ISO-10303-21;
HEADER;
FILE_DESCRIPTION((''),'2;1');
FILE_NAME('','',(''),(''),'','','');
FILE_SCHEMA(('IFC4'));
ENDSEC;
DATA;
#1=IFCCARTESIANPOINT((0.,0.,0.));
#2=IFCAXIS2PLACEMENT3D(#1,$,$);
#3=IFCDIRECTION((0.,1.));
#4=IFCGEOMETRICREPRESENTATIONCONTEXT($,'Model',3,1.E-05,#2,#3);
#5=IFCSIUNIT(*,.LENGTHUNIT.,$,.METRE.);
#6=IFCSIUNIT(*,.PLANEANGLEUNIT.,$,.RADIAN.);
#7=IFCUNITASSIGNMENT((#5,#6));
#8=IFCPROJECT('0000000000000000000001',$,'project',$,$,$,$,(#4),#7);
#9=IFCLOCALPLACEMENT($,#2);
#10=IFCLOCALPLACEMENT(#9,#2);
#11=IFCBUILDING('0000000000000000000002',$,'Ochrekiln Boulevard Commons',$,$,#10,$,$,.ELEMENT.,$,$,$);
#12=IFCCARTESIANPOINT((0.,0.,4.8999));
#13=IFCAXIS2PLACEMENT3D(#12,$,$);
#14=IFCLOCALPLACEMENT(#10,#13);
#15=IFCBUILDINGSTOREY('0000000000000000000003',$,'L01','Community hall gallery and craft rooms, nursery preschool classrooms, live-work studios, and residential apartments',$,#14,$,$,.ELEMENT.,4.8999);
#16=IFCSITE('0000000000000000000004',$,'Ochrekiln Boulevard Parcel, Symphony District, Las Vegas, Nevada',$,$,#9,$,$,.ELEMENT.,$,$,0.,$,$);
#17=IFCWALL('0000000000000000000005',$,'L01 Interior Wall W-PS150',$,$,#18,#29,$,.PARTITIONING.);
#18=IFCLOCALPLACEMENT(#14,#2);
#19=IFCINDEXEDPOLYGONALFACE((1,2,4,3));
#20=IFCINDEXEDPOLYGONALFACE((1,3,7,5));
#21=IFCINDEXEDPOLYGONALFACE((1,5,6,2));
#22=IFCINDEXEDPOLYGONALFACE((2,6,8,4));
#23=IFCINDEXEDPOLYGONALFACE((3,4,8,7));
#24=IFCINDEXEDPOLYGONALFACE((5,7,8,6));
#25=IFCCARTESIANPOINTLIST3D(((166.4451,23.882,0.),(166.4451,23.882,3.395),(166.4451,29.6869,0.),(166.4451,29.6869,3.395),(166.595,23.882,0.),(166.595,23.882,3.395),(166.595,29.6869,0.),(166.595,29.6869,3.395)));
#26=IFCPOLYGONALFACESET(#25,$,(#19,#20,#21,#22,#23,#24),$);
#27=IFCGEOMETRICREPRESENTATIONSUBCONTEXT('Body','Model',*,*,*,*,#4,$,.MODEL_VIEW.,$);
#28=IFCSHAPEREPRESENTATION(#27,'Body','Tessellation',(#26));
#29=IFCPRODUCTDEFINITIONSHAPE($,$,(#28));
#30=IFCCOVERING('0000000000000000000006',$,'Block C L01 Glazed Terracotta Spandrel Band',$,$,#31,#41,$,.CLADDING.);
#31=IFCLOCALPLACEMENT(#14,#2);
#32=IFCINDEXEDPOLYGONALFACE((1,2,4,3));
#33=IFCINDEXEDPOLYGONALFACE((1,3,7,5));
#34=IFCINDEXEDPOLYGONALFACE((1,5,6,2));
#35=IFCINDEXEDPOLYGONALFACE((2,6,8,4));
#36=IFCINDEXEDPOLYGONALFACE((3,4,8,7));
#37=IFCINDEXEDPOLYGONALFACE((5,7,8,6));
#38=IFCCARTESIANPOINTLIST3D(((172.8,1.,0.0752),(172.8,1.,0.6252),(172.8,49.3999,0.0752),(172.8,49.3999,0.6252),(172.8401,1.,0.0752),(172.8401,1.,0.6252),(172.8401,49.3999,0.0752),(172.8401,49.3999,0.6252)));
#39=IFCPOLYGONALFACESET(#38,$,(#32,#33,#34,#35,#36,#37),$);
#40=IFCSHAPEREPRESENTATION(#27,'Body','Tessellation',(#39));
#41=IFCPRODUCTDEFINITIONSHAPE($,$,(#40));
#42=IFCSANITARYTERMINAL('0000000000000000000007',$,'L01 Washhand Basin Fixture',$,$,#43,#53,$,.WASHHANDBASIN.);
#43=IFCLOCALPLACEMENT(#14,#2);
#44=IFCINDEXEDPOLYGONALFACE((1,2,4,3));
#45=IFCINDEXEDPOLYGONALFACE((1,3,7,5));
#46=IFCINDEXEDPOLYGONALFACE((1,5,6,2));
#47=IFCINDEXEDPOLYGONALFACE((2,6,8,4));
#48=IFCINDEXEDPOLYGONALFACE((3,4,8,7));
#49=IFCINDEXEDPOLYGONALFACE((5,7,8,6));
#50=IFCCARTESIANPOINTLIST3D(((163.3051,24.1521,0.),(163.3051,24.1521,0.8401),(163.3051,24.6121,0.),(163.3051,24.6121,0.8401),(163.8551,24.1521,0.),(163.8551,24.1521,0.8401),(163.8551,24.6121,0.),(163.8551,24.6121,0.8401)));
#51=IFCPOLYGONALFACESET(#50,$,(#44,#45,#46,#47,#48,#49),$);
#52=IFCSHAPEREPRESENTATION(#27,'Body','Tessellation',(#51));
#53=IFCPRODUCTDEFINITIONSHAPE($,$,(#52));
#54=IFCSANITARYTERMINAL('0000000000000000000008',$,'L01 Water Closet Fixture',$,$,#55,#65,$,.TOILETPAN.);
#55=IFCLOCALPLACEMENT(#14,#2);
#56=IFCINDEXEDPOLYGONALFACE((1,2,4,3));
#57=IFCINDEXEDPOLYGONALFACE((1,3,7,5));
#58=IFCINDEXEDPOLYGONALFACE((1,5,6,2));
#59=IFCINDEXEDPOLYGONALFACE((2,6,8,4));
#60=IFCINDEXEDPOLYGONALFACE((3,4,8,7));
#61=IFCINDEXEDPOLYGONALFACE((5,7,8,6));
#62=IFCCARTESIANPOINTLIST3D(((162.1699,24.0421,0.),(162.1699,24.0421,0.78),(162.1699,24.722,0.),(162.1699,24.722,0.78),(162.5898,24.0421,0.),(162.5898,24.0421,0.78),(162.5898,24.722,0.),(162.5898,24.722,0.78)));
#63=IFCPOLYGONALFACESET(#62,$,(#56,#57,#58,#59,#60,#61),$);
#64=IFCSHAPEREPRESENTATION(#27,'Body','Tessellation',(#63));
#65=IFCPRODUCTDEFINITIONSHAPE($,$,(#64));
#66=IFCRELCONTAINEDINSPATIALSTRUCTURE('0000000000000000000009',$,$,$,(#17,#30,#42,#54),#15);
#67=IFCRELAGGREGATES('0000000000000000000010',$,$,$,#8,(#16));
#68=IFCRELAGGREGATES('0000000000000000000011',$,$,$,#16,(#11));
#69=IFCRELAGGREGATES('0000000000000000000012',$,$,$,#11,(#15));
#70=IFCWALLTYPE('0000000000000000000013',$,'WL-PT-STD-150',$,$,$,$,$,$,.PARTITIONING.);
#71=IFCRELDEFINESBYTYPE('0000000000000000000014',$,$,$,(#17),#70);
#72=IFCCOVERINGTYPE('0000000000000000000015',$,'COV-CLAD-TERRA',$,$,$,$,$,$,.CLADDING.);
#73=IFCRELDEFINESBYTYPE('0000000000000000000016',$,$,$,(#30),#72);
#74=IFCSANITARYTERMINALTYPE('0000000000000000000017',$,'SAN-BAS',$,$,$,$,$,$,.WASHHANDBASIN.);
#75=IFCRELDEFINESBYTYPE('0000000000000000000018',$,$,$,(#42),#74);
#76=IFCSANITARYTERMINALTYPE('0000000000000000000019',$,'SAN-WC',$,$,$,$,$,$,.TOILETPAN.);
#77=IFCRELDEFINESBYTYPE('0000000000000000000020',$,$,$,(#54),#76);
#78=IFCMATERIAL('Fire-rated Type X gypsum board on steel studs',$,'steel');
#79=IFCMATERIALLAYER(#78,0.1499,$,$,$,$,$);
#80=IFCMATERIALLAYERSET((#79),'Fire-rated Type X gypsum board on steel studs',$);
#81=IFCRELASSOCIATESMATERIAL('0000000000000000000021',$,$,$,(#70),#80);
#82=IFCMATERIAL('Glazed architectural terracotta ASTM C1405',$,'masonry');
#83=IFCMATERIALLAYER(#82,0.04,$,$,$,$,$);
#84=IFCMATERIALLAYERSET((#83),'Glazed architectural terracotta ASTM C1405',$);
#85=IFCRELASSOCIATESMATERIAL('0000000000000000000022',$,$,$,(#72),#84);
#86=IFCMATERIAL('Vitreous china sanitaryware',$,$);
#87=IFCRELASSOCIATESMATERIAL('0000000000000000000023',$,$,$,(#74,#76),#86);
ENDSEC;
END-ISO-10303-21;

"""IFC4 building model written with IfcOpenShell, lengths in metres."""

from ifc_helpers import new_model, si_unit, direction, frame, frame_2d, origin, origin_2d, place, context, subcontext, project, spatial, rectangle, extrude, material, layer, layer_set, type_object, element, save


model = new_model("IFC4")

# Units and contexts
model_context = context("Model", 3, precision=1e-05, world=origin(), true_north=direction((0.0, 1.0)))
body_context = subcontext(model_context, "Body", "Model", "MODEL_VIEW")
ifc_project = project(units=[si_unit("LENGTHUNIT", "METRE"), si_unit("PLANEANGLEUNIT", "RADIAN")], contexts=[model_context])

# Site, building, storey
site_placement = place(None, origin())
site = spatial("IfcSite", under=ifc_project, at=site_placement, Name="Ochrekiln Boulevard Parcel, Symphony District, Las Vegas, Nevada", CompositionType="ELEMENT", RefElevation=0.0)
building_placement = place(site_placement, origin())
building = spatial("IfcBuilding", under=site, at=building_placement, Name="Ochrekiln Boulevard Commons", CompositionType="ELEMENT")
storey_placement = place(building_placement, frame((0.0, 0.0, 4.8999)))
storey = spatial("IfcBuildingStorey", under=building, at=storey_placement, Name="L01", Description="Community hall gallery and craft rooms, nursery preschool classrooms, live-work studios, and residential apartments", CompositionType="ELEMENT", Elevation=4.8999)

# Shared definitions
ifc_material_1 = material(Name="Fire-rated Type X gypsum board on steel studs", Category="steel")

# Shared definitions
ifc_layer_1 = layer(ifc_material_1, 0.1499)
ifc_layer_set_1 = layer_set([ifc_layer_1], Name="Fire-rated Type X gypsum board on steel studs")
wall_type_1 = type_object("IfcWallType", Name="WL-PT-STD-150", PredefinedType="PARTITIONING", material=ifc_layer_set_1)

# Wall
wall_1_placement = place(storey_placement, frame((166.52, 23.8821, 0.0), z_axis=(0.0, 0.0, 1.0), x_axis=(0.0, 1.0, 0.0)))
element("IfcWall", 1, at=wall_1_placement, inside=storey, type_object=wall_type_1, Name="L01 Interior Wall W-PS150", PredefinedType="PARTITIONING", context=body_context, shape_type="SweptSolid", body=[
    extrude(rectangle(XDim=5.8049, YDim=0.1499, at=frame_2d((2.9023, 0.0))), origin(), (0.0, 0.0, 1.0), 3.395),
])

# Covering
ifc_material_2 = material(Name="Glazed architectural terracotta ASTM C1405", Category="masonry")
ifc_layer_2 = layer(ifc_material_2, 0.04)
ifc_layer_set_2 = layer_set([ifc_layer_2], Name="Glazed architectural terracotta ASTM C1405")
covering_type = type_object("IfcCoveringType", Name="COV-CLAD-TERRA", PredefinedType="CLADDING", material=ifc_layer_set_2)
covering_placement = place(storey_placement, frame((172.8201, 25.2, 0.0752), z_axis=(0.0, 0.0, 1.0), x_axis=(1.0, 0.0, 0.0)))
element("IfcCovering", 2, at=covering_placement, inside=storey, type_object=covering_type, Name="Block C L01 Glazed Terracotta Spandrel Band", PredefinedType="CLADDING", context=body_context, shape_type="SweptSolid", body=[
    extrude(rectangle(XDim=0.04, YDim=48.3999, at=origin_2d()), origin(), (0.0, 0.0, 1.0), 0.55),
])

# Sanitary terminals
ifc_material_3 = material(Name="Vitreous china sanitaryware")
sanitary_terminal_type_1 = type_object("IfcSanitaryTerminalType", Name="SAN-BAS", PredefinedType="WASHHANDBASIN", material=ifc_material_3)
sanitary_terminal_1_placement = place(storey_placement, frame((163.5801, 24.3821, 0.0), z_axis=(0.0, 0.0, 1.0), x_axis=(1.0, 0.0, 0.0)))
element("IfcSanitaryTerminal", 3, at=sanitary_terminal_1_placement, inside=storey, type_object=sanitary_terminal_type_1, Name="L01 Washhand Basin Fixture", PredefinedType="WASHHANDBASIN", context=body_context, shape_type="SweptSolid", body=[
    extrude(rectangle(XDim=0.55, YDim=0.46, at=origin_2d()), origin(), (0.0, 0.0, 1.0), 0.8401),
])
sanitary_terminal_type_2 = type_object("IfcSanitaryTerminalType", Name="SAN-WC", PredefinedType="TOILETPAN", material=ifc_material_3)
sanitary_terminal_2_placement = place(storey_placement, frame((162.3799, 24.3821, 0.0), z_axis=(0.0, 0.0, 1.0), x_axis=(1.0, 0.0, 0.0)))
element("IfcSanitaryTerminal", 4, at=sanitary_terminal_2_placement, inside=storey, type_object=sanitary_terminal_type_2, Name="L01 Water Closet Fixture", PredefinedType="TOILETPAN", context=body_context, shape_type="SweptSolid", body=[
    extrude(rectangle(XDim=0.4199, YDim=0.6799, at=origin_2d()), origin(), (0.0, 0.0, 1.0), 0.78),
])

save(model, "model.ifc")
